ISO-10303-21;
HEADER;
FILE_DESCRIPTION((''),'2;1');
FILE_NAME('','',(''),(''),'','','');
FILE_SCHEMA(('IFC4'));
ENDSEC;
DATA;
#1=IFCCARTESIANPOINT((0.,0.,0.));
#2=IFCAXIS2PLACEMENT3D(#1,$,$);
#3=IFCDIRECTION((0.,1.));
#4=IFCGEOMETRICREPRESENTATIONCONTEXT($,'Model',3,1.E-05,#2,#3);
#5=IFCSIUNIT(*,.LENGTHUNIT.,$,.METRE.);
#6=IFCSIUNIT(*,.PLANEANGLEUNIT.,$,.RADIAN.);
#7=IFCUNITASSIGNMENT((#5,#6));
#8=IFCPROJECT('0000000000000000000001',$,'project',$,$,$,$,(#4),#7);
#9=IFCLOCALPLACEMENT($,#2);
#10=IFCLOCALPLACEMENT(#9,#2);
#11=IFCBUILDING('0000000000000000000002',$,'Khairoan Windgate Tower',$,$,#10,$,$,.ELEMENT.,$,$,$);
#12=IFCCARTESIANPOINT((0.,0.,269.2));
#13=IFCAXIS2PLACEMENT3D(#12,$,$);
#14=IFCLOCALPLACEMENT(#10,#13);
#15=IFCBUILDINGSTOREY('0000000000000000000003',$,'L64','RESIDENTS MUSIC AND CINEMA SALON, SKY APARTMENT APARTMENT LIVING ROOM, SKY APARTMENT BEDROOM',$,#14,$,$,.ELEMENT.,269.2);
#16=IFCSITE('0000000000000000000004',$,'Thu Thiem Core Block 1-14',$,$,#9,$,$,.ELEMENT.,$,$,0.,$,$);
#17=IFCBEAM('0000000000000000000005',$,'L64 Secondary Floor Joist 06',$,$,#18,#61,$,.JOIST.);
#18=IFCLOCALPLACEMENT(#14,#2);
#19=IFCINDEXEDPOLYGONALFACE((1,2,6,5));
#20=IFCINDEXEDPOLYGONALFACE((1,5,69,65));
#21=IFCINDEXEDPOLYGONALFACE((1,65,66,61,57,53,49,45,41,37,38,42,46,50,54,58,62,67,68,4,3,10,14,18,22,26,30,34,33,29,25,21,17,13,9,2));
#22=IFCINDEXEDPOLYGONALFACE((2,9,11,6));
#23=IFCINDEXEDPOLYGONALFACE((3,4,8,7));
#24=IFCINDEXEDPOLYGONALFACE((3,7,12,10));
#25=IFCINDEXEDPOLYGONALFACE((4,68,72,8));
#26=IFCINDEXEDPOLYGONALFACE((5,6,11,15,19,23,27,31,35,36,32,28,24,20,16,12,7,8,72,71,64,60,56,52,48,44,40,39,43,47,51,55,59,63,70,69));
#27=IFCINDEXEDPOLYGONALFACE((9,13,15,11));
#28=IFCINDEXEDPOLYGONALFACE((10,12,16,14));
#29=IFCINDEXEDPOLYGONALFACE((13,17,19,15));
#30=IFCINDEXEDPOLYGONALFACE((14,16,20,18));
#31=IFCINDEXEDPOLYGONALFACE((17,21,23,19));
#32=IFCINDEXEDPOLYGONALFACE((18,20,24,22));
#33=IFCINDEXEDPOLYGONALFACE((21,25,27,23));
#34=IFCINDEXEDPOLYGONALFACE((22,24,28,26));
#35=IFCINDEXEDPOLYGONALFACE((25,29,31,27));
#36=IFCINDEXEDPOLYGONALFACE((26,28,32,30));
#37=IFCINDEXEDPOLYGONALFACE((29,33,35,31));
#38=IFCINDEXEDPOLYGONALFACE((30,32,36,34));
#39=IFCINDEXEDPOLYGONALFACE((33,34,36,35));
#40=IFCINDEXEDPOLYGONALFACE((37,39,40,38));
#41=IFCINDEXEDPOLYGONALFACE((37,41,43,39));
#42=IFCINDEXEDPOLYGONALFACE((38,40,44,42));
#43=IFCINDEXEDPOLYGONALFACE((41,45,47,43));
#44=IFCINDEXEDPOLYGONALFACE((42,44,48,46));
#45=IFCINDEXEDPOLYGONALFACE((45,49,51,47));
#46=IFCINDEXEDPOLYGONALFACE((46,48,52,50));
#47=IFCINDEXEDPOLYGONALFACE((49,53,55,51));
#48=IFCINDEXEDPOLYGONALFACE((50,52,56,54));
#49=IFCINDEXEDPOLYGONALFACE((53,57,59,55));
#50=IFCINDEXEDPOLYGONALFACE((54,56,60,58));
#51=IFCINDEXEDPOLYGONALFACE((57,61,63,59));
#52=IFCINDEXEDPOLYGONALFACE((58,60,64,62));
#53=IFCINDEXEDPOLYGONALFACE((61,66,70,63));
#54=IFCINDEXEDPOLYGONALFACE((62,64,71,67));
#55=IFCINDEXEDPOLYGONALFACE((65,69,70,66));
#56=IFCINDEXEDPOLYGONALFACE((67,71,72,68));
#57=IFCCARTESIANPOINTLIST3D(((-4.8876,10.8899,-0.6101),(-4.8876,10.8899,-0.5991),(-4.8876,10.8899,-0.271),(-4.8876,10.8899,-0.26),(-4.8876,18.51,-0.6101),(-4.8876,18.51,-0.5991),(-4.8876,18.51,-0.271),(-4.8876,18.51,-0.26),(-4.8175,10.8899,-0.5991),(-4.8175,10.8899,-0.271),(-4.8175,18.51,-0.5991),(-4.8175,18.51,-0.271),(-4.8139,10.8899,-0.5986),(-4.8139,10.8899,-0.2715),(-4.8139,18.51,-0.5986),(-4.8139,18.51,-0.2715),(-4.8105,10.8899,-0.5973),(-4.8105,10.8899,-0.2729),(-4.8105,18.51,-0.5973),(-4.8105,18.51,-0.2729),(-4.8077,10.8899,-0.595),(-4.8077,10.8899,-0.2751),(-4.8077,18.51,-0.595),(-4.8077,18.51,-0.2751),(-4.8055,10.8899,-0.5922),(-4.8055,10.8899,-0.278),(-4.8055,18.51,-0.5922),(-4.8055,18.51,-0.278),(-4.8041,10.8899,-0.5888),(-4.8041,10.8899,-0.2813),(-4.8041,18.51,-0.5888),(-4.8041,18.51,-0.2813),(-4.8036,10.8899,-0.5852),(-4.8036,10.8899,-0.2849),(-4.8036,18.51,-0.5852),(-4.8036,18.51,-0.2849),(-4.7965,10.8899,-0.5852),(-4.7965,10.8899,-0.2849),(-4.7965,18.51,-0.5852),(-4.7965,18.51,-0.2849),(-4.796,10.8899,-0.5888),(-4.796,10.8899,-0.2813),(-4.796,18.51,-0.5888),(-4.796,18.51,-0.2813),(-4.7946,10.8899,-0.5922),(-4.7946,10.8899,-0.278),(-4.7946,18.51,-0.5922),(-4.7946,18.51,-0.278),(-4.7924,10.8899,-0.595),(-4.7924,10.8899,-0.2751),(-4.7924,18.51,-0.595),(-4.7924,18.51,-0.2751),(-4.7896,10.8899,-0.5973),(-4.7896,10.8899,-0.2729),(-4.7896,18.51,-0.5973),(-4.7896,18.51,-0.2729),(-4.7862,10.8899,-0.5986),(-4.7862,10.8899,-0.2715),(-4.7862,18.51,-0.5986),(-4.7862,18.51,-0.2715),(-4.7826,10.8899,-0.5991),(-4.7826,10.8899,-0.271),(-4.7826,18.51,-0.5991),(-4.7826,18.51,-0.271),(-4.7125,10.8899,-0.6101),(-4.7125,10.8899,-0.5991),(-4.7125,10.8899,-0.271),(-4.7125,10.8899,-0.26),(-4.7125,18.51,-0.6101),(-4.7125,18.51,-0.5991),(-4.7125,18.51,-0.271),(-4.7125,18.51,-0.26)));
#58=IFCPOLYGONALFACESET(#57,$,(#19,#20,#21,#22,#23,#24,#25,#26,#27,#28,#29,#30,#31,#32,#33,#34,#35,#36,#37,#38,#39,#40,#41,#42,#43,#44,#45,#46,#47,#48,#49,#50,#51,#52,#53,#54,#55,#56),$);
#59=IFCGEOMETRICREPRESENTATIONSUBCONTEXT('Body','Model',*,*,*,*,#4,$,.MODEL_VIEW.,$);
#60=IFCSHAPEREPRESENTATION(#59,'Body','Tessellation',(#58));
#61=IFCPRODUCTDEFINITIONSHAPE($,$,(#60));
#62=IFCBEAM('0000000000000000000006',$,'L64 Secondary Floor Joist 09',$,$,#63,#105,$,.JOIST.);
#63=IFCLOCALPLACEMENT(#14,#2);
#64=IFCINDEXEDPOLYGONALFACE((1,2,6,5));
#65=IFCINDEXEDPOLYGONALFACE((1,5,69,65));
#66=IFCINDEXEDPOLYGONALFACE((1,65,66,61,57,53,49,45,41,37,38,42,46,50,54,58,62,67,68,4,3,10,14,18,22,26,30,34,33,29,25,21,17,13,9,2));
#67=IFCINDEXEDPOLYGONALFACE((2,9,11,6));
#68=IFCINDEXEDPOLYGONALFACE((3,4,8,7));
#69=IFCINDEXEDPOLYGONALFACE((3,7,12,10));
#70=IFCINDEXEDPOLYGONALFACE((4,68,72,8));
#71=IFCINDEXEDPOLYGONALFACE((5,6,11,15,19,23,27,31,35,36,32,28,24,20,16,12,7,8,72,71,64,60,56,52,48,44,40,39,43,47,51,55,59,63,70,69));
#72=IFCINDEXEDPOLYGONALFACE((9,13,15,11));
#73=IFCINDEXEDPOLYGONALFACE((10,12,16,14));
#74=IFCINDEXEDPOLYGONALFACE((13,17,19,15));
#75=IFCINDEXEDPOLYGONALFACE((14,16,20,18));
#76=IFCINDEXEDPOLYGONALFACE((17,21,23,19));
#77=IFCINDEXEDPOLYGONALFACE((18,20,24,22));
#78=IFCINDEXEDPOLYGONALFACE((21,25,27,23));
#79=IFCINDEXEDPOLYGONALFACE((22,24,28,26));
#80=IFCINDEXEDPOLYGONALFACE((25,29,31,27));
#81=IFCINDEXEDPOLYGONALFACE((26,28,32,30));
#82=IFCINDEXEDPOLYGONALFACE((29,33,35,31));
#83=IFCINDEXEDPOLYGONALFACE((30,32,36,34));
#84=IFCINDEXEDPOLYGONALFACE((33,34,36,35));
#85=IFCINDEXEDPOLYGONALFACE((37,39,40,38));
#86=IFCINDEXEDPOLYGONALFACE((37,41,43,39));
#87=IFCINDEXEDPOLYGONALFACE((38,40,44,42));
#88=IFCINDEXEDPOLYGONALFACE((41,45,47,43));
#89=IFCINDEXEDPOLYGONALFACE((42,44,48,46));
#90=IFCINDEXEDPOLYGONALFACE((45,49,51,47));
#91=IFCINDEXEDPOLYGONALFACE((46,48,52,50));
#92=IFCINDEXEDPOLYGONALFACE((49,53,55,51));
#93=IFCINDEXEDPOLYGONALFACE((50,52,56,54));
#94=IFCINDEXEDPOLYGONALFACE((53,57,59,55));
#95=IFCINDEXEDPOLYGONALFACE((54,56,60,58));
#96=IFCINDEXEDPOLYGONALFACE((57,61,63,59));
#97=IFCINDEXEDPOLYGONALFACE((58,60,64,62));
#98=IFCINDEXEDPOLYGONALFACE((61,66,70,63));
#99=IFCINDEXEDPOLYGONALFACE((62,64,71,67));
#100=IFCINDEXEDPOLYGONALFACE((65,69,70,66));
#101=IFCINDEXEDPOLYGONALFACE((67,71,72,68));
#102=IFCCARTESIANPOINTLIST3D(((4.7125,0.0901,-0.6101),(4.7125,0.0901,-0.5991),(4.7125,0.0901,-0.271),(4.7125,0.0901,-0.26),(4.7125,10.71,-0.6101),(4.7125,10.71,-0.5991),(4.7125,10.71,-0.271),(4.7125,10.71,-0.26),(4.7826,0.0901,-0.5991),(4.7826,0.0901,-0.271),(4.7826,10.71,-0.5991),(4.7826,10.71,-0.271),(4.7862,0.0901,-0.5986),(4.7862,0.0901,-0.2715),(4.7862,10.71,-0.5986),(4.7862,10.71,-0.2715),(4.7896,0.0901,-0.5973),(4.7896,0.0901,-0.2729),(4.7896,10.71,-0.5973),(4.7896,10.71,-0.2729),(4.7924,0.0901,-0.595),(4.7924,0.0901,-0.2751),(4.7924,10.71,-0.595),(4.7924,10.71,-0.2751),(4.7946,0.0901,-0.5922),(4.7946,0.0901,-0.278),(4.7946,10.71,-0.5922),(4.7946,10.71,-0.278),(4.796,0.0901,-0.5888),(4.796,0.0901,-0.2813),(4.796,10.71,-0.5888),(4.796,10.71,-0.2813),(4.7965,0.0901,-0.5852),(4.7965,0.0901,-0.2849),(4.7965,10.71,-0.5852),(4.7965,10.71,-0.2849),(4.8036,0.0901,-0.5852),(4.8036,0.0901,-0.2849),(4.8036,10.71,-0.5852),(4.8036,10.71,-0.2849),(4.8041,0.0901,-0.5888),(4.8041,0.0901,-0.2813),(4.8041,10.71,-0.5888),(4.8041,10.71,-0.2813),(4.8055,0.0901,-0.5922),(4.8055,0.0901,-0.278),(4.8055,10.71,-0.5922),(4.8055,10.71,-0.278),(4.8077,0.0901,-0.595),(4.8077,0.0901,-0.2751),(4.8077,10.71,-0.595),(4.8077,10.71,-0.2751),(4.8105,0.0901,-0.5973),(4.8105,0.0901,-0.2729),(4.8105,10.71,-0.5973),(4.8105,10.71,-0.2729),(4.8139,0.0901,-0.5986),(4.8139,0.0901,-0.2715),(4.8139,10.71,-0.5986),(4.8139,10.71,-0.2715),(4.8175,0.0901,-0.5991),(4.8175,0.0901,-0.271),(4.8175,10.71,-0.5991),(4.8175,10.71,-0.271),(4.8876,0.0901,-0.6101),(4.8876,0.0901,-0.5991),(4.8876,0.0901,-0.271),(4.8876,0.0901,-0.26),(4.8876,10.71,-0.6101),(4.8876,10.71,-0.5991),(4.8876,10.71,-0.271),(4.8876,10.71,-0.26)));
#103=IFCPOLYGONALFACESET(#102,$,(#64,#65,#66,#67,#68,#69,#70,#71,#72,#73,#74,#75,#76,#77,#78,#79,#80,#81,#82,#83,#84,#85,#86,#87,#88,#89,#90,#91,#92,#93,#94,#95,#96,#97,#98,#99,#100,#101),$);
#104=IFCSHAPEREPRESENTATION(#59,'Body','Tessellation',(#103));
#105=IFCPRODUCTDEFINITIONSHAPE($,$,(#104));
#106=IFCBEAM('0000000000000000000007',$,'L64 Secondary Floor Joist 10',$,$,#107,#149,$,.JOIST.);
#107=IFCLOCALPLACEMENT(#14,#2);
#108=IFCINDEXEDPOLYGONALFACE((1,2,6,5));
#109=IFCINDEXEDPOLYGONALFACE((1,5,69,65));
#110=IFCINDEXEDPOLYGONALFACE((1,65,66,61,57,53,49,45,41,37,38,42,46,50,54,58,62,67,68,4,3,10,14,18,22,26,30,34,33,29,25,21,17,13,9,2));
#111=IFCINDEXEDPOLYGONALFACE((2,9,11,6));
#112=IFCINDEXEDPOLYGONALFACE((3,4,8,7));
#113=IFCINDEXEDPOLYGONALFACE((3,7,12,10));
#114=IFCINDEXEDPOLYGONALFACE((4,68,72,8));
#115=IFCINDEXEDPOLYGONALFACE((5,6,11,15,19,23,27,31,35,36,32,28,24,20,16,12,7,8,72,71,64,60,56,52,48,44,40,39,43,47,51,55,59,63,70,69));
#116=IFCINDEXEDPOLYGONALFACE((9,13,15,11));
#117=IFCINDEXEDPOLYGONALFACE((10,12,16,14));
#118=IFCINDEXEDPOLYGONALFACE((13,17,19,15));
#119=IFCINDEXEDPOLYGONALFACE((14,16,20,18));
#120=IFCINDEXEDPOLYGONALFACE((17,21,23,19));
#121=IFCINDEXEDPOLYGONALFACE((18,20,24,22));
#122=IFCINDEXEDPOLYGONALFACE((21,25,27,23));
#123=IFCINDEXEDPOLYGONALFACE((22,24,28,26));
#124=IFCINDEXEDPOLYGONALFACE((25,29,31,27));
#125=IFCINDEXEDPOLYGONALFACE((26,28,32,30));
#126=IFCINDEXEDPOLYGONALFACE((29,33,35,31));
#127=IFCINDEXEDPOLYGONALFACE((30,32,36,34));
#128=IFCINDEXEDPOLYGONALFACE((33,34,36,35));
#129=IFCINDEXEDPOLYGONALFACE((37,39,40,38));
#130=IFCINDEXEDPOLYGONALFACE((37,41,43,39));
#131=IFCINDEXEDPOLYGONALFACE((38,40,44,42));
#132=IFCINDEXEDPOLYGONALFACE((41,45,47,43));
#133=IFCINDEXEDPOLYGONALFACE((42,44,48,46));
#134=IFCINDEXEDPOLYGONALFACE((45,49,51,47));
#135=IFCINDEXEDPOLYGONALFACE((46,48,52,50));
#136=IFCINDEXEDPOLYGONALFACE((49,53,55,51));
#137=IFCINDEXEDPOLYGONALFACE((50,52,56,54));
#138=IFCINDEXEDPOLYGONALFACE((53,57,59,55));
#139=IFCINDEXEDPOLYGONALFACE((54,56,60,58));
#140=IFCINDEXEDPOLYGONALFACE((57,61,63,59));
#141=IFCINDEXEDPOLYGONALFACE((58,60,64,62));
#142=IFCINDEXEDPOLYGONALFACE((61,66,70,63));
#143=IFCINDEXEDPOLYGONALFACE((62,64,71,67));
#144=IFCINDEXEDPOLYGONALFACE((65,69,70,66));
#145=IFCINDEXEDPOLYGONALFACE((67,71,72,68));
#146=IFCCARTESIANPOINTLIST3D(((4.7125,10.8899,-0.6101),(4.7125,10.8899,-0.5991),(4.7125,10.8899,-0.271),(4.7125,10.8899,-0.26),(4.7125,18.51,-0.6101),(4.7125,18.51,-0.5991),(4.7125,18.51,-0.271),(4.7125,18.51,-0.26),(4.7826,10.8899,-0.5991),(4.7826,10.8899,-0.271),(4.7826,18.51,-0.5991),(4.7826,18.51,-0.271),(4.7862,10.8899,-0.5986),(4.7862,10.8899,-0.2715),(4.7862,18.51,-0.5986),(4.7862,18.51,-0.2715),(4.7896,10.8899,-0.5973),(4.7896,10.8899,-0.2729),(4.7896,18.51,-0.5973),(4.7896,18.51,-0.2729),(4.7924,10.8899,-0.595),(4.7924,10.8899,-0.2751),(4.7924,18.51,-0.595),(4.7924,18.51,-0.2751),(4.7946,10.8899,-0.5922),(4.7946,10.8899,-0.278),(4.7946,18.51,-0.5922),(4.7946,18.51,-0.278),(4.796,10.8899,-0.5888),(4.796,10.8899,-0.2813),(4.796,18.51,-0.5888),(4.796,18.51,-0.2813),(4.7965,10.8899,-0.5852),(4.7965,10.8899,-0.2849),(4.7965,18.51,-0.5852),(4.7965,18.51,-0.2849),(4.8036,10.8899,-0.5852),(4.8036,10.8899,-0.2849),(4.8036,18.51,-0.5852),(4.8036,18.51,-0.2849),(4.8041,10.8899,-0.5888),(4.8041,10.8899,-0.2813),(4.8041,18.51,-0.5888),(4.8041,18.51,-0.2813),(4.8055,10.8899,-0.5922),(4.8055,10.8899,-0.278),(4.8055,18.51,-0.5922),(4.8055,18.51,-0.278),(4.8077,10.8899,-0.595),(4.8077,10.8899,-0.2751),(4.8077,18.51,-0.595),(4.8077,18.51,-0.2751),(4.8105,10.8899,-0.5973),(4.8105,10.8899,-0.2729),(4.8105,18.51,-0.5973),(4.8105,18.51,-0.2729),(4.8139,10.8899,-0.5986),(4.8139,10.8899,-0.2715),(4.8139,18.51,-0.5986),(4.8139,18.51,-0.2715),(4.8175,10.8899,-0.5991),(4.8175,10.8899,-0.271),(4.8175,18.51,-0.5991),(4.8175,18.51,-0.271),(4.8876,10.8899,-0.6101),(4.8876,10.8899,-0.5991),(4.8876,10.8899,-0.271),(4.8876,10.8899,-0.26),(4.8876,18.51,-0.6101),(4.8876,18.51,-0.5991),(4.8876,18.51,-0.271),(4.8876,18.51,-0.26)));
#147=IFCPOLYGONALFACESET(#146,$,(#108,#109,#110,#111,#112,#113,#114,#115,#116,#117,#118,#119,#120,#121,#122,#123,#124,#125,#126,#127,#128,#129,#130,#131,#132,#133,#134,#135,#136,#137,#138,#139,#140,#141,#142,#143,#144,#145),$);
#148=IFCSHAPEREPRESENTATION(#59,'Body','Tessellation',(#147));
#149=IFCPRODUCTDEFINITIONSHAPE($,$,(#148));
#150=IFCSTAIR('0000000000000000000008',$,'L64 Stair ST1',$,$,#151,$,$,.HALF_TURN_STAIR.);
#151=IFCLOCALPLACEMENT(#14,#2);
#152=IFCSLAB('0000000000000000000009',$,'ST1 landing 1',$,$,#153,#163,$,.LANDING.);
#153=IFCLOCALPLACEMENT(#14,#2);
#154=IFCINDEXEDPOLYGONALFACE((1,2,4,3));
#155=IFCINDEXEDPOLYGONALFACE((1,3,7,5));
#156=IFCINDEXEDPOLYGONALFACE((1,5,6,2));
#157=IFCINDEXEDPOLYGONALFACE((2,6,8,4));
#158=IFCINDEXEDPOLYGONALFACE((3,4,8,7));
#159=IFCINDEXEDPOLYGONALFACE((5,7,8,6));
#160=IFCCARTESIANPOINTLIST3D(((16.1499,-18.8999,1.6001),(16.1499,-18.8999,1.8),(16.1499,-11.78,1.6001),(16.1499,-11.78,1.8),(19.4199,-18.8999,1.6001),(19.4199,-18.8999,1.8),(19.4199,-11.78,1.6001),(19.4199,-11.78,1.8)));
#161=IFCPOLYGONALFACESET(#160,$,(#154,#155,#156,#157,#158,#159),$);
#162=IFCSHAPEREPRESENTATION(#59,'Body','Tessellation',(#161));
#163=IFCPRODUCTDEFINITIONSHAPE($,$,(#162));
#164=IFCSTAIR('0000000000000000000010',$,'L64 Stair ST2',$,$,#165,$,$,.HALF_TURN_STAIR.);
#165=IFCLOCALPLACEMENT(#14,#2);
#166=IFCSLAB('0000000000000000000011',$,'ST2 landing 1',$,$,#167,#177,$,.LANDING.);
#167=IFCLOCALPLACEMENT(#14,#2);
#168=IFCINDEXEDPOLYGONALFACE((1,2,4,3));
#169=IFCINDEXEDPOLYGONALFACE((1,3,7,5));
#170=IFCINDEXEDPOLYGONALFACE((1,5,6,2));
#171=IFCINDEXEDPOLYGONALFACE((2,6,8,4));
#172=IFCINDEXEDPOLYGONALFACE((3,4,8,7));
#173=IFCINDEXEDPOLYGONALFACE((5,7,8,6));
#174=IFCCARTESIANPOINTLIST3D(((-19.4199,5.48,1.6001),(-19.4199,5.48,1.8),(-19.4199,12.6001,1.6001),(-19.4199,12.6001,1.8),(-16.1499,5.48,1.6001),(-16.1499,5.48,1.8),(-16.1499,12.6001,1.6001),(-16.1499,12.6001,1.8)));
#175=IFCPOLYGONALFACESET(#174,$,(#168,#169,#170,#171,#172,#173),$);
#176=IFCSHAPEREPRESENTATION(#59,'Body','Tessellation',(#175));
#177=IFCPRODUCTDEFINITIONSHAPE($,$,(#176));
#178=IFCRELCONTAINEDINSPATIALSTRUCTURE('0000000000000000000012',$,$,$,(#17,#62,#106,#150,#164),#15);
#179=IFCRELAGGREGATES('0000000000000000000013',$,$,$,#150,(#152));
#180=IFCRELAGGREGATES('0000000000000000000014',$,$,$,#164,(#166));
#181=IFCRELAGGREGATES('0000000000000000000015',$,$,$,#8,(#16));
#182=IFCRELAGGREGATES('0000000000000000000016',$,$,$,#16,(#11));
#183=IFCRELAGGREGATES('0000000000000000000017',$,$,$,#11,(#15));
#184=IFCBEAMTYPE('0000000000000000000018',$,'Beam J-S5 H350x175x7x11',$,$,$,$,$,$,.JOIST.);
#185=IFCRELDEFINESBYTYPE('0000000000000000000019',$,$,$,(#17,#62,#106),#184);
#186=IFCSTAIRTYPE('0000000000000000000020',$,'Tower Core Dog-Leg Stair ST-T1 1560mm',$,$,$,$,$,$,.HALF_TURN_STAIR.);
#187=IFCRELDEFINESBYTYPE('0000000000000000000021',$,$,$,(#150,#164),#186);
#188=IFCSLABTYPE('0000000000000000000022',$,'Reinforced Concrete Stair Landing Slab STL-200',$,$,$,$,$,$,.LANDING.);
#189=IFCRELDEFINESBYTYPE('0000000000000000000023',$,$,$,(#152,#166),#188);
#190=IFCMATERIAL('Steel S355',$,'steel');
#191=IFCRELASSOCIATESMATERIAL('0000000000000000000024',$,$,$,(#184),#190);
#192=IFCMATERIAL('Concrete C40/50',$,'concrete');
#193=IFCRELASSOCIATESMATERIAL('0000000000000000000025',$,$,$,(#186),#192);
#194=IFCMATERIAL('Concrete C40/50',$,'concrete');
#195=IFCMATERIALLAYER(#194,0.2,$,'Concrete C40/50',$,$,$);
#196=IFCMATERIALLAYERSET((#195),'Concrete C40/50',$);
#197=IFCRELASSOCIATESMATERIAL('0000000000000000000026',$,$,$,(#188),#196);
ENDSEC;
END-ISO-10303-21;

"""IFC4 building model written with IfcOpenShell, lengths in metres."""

from ifc_helpers import new_model, si_unit, direction, frame, origin, origin_2d, place, context, subcontext, project, spatial, polyline, i_section, outline, extrude, material, layer, layer_set, material_profile, profile_set, type_object, element, aggregate, save


model = new_model("IFC4")

# Units and contexts
model_context = context("Model", 3, precision=1e-05, world=origin(), true_north=direction((0.0, 1.0)))
body_context = subcontext(model_context, "Body", "Model", "MODEL_VIEW")
ifc_project = project(units=[si_unit("LENGTHUNIT", "METRE"), si_unit("PLANEANGLEUNIT", "RADIAN")], contexts=[model_context])

# Site, building, storey
site_placement = place(None, origin())
site = spatial("IfcSite", under=ifc_project, at=site_placement, Name="Thu Thiem Core Block 1-14", CompositionType="ELEMENT", RefElevation=0.0)
building_placement = place(site_placement, origin())
building = spatial("IfcBuilding", under=site, at=building_placement, Name="Khairoan Windgate Tower", CompositionType="ELEMENT")
storey_placement = place(building_placement, frame((0.0, 0.0, 269.2)))
storey = spatial("IfcBuildingStorey", under=building, at=storey_placement, Name="L64", Description="RESIDENTS MUSIC AND CINEMA SALON, SKY APARTMENT APARTMENT LIVING ROOM, SKY APARTMENT BEDROOM", CompositionType="ELEMENT", Elevation=269.2)

# Beams
ifc_material_1 = material(Name="Steel S355", Category="steel")
ifc_material_profile_1 = material_profile(ifc_material_1, i_section(OverallWidth=0.175, OverallDepth=0.3501, WebThickness=0.0071, FlangeThickness=0.011, FilletRadius=0.0139, at=origin_2d()))
ifc_profile_set_1 = profile_set([ifc_material_profile_1], Name="Steel S355")
beam_type_1 = type_object("IfcBeamType", Name="Beam J-S5 H350x175x7x11", PredefinedType="JOIST", material=ifc_profile_set_1)
beam_1_placement = place(storey_placement, frame((-4.8, 10.8899, -0.4351), z_axis=(0.0, 1.0, 0.0), x_axis=(-1.0, 0.0, 0.0)))
element("IfcBeam", 1, at=beam_1_placement, inside=storey, type_object=beam_type_1, Name="L64 Secondary Floor Joist 06", PredefinedType="JOIST", context=body_context, shape_type="SweptSolid", body=[
    extrude(i_section(OverallWidth=0.175, OverallDepth=0.3501, WebThickness=0.0071, FlangeThickness=0.011, FilletRadius=0.0139, at=origin_2d()), origin(), (0.0, 0.0, 1.0), 7.6201),
])
beam_2_placement = place(storey_placement, frame((4.8, 0.0901, -0.4351), z_axis=(0.0, 1.0, 0.0), x_axis=(-1.0, 0.0, 0.0)))
element("IfcBeam", 2, at=beam_2_placement, inside=storey, type_object=beam_type_1, Name="L64 Secondary Floor Joist 09", PredefinedType="JOIST", context=body_context, shape_type="SweptSolid", body=[
    extrude(i_section(OverallWidth=0.175, OverallDepth=0.3501, WebThickness=0.0071, FlangeThickness=0.011, FilletRadius=0.0139, at=origin_2d()), origin(), (0.0, 0.0, 1.0), 10.6199),
])
beam_3_placement = place(storey_placement, frame((4.8, 10.8899, -0.4351), z_axis=(0.0, 1.0, 0.0), x_axis=(-1.0, 0.0, 0.0)))
element("IfcBeam", 3, at=beam_3_placement, inside=storey, type_object=beam_type_1, Name="L64 Secondary Floor Joist 10", PredefinedType="JOIST", context=body_context, shape_type="SweptSolid", body=[
    extrude(i_section(OverallWidth=0.175, OverallDepth=0.3501, WebThickness=0.0071, FlangeThickness=0.011, FilletRadius=0.0139, at=origin_2d()), origin(), (0.0, 0.0, 1.0), 7.6201),
])

# Stairs, slabs
ifc_material_2 = material(Name="Concrete C40/50", Category="concrete")
stair_type = type_object("IfcStairType", Name="Tower Core Dog-Leg Stair ST-T1 1560mm", PredefinedType="HALF_TURN_STAIR", material=ifc_material_2)
stair_1_placement = place(storey_placement, origin())
stair_1 = element("IfcStair", 4, at=stair_1_placement, inside=storey, type_object=stair_type, Name="L64 Stair ST1", PredefinedType="HALF_TURN_STAIR")
ifc_material_3 = material(Name="Concrete C40/50", Category="concrete")
ifc_layer_1 = layer(ifc_material_3, 0.2, Name="Concrete C40/50")
ifc_layer_set_1 = layer_set([ifc_layer_1], Name="Concrete C40/50")
slab_type_1 = type_object("IfcSlabType", Name="Reinforced Concrete Stair Landing Slab STL-200", PredefinedType="LANDING", material=ifc_layer_set_1)
slab_1_placement = place(storey_placement, frame((0.0, 0.0, 1.6001)))
slab_1 = element("IfcSlab", 5, at=slab_1_placement, type_object=slab_type_1, Name="ST1 landing 1", PredefinedType="LANDING", context=body_context, shape_type="SweptSolid", body=[
    extrude(outline(polyline([(16.1499, -11.78), (16.1499, -18.8999), (19.4199, -18.8999), (19.4199, -11.78), (16.1499, -11.78)])), origin(), (0.0, 0.0, 1.0), 0.2),
])
aggregate(stair_1, [slab_1])
stair_2_placement = place(storey_placement, origin())
stair_2 = element("IfcStair", 6, at=stair_2_placement, inside=storey, type_object=stair_type, Name="L64 Stair ST2", PredefinedType="HALF_TURN_STAIR")
slab_2_placement = place(storey_placement, frame((0.0, 0.0, 1.6001)))
slab_2 = element("IfcSlab", 7, at=slab_2_placement, type_object=slab_type_1, Name="ST2 landing 1", PredefinedType="LANDING", context=body_context, shape_type="SweptSolid", body=[
    extrude(outline(polyline([(-16.1499, 5.48), (-16.1499, 12.6001), (-19.4199, 12.6001), (-19.4199, 5.48), (-16.1499, 5.48)])), origin(), (0.0, 0.0, 1.0), 0.2),
])
aggregate(stair_2, [slab_2])

save(model, "model.ifc")
